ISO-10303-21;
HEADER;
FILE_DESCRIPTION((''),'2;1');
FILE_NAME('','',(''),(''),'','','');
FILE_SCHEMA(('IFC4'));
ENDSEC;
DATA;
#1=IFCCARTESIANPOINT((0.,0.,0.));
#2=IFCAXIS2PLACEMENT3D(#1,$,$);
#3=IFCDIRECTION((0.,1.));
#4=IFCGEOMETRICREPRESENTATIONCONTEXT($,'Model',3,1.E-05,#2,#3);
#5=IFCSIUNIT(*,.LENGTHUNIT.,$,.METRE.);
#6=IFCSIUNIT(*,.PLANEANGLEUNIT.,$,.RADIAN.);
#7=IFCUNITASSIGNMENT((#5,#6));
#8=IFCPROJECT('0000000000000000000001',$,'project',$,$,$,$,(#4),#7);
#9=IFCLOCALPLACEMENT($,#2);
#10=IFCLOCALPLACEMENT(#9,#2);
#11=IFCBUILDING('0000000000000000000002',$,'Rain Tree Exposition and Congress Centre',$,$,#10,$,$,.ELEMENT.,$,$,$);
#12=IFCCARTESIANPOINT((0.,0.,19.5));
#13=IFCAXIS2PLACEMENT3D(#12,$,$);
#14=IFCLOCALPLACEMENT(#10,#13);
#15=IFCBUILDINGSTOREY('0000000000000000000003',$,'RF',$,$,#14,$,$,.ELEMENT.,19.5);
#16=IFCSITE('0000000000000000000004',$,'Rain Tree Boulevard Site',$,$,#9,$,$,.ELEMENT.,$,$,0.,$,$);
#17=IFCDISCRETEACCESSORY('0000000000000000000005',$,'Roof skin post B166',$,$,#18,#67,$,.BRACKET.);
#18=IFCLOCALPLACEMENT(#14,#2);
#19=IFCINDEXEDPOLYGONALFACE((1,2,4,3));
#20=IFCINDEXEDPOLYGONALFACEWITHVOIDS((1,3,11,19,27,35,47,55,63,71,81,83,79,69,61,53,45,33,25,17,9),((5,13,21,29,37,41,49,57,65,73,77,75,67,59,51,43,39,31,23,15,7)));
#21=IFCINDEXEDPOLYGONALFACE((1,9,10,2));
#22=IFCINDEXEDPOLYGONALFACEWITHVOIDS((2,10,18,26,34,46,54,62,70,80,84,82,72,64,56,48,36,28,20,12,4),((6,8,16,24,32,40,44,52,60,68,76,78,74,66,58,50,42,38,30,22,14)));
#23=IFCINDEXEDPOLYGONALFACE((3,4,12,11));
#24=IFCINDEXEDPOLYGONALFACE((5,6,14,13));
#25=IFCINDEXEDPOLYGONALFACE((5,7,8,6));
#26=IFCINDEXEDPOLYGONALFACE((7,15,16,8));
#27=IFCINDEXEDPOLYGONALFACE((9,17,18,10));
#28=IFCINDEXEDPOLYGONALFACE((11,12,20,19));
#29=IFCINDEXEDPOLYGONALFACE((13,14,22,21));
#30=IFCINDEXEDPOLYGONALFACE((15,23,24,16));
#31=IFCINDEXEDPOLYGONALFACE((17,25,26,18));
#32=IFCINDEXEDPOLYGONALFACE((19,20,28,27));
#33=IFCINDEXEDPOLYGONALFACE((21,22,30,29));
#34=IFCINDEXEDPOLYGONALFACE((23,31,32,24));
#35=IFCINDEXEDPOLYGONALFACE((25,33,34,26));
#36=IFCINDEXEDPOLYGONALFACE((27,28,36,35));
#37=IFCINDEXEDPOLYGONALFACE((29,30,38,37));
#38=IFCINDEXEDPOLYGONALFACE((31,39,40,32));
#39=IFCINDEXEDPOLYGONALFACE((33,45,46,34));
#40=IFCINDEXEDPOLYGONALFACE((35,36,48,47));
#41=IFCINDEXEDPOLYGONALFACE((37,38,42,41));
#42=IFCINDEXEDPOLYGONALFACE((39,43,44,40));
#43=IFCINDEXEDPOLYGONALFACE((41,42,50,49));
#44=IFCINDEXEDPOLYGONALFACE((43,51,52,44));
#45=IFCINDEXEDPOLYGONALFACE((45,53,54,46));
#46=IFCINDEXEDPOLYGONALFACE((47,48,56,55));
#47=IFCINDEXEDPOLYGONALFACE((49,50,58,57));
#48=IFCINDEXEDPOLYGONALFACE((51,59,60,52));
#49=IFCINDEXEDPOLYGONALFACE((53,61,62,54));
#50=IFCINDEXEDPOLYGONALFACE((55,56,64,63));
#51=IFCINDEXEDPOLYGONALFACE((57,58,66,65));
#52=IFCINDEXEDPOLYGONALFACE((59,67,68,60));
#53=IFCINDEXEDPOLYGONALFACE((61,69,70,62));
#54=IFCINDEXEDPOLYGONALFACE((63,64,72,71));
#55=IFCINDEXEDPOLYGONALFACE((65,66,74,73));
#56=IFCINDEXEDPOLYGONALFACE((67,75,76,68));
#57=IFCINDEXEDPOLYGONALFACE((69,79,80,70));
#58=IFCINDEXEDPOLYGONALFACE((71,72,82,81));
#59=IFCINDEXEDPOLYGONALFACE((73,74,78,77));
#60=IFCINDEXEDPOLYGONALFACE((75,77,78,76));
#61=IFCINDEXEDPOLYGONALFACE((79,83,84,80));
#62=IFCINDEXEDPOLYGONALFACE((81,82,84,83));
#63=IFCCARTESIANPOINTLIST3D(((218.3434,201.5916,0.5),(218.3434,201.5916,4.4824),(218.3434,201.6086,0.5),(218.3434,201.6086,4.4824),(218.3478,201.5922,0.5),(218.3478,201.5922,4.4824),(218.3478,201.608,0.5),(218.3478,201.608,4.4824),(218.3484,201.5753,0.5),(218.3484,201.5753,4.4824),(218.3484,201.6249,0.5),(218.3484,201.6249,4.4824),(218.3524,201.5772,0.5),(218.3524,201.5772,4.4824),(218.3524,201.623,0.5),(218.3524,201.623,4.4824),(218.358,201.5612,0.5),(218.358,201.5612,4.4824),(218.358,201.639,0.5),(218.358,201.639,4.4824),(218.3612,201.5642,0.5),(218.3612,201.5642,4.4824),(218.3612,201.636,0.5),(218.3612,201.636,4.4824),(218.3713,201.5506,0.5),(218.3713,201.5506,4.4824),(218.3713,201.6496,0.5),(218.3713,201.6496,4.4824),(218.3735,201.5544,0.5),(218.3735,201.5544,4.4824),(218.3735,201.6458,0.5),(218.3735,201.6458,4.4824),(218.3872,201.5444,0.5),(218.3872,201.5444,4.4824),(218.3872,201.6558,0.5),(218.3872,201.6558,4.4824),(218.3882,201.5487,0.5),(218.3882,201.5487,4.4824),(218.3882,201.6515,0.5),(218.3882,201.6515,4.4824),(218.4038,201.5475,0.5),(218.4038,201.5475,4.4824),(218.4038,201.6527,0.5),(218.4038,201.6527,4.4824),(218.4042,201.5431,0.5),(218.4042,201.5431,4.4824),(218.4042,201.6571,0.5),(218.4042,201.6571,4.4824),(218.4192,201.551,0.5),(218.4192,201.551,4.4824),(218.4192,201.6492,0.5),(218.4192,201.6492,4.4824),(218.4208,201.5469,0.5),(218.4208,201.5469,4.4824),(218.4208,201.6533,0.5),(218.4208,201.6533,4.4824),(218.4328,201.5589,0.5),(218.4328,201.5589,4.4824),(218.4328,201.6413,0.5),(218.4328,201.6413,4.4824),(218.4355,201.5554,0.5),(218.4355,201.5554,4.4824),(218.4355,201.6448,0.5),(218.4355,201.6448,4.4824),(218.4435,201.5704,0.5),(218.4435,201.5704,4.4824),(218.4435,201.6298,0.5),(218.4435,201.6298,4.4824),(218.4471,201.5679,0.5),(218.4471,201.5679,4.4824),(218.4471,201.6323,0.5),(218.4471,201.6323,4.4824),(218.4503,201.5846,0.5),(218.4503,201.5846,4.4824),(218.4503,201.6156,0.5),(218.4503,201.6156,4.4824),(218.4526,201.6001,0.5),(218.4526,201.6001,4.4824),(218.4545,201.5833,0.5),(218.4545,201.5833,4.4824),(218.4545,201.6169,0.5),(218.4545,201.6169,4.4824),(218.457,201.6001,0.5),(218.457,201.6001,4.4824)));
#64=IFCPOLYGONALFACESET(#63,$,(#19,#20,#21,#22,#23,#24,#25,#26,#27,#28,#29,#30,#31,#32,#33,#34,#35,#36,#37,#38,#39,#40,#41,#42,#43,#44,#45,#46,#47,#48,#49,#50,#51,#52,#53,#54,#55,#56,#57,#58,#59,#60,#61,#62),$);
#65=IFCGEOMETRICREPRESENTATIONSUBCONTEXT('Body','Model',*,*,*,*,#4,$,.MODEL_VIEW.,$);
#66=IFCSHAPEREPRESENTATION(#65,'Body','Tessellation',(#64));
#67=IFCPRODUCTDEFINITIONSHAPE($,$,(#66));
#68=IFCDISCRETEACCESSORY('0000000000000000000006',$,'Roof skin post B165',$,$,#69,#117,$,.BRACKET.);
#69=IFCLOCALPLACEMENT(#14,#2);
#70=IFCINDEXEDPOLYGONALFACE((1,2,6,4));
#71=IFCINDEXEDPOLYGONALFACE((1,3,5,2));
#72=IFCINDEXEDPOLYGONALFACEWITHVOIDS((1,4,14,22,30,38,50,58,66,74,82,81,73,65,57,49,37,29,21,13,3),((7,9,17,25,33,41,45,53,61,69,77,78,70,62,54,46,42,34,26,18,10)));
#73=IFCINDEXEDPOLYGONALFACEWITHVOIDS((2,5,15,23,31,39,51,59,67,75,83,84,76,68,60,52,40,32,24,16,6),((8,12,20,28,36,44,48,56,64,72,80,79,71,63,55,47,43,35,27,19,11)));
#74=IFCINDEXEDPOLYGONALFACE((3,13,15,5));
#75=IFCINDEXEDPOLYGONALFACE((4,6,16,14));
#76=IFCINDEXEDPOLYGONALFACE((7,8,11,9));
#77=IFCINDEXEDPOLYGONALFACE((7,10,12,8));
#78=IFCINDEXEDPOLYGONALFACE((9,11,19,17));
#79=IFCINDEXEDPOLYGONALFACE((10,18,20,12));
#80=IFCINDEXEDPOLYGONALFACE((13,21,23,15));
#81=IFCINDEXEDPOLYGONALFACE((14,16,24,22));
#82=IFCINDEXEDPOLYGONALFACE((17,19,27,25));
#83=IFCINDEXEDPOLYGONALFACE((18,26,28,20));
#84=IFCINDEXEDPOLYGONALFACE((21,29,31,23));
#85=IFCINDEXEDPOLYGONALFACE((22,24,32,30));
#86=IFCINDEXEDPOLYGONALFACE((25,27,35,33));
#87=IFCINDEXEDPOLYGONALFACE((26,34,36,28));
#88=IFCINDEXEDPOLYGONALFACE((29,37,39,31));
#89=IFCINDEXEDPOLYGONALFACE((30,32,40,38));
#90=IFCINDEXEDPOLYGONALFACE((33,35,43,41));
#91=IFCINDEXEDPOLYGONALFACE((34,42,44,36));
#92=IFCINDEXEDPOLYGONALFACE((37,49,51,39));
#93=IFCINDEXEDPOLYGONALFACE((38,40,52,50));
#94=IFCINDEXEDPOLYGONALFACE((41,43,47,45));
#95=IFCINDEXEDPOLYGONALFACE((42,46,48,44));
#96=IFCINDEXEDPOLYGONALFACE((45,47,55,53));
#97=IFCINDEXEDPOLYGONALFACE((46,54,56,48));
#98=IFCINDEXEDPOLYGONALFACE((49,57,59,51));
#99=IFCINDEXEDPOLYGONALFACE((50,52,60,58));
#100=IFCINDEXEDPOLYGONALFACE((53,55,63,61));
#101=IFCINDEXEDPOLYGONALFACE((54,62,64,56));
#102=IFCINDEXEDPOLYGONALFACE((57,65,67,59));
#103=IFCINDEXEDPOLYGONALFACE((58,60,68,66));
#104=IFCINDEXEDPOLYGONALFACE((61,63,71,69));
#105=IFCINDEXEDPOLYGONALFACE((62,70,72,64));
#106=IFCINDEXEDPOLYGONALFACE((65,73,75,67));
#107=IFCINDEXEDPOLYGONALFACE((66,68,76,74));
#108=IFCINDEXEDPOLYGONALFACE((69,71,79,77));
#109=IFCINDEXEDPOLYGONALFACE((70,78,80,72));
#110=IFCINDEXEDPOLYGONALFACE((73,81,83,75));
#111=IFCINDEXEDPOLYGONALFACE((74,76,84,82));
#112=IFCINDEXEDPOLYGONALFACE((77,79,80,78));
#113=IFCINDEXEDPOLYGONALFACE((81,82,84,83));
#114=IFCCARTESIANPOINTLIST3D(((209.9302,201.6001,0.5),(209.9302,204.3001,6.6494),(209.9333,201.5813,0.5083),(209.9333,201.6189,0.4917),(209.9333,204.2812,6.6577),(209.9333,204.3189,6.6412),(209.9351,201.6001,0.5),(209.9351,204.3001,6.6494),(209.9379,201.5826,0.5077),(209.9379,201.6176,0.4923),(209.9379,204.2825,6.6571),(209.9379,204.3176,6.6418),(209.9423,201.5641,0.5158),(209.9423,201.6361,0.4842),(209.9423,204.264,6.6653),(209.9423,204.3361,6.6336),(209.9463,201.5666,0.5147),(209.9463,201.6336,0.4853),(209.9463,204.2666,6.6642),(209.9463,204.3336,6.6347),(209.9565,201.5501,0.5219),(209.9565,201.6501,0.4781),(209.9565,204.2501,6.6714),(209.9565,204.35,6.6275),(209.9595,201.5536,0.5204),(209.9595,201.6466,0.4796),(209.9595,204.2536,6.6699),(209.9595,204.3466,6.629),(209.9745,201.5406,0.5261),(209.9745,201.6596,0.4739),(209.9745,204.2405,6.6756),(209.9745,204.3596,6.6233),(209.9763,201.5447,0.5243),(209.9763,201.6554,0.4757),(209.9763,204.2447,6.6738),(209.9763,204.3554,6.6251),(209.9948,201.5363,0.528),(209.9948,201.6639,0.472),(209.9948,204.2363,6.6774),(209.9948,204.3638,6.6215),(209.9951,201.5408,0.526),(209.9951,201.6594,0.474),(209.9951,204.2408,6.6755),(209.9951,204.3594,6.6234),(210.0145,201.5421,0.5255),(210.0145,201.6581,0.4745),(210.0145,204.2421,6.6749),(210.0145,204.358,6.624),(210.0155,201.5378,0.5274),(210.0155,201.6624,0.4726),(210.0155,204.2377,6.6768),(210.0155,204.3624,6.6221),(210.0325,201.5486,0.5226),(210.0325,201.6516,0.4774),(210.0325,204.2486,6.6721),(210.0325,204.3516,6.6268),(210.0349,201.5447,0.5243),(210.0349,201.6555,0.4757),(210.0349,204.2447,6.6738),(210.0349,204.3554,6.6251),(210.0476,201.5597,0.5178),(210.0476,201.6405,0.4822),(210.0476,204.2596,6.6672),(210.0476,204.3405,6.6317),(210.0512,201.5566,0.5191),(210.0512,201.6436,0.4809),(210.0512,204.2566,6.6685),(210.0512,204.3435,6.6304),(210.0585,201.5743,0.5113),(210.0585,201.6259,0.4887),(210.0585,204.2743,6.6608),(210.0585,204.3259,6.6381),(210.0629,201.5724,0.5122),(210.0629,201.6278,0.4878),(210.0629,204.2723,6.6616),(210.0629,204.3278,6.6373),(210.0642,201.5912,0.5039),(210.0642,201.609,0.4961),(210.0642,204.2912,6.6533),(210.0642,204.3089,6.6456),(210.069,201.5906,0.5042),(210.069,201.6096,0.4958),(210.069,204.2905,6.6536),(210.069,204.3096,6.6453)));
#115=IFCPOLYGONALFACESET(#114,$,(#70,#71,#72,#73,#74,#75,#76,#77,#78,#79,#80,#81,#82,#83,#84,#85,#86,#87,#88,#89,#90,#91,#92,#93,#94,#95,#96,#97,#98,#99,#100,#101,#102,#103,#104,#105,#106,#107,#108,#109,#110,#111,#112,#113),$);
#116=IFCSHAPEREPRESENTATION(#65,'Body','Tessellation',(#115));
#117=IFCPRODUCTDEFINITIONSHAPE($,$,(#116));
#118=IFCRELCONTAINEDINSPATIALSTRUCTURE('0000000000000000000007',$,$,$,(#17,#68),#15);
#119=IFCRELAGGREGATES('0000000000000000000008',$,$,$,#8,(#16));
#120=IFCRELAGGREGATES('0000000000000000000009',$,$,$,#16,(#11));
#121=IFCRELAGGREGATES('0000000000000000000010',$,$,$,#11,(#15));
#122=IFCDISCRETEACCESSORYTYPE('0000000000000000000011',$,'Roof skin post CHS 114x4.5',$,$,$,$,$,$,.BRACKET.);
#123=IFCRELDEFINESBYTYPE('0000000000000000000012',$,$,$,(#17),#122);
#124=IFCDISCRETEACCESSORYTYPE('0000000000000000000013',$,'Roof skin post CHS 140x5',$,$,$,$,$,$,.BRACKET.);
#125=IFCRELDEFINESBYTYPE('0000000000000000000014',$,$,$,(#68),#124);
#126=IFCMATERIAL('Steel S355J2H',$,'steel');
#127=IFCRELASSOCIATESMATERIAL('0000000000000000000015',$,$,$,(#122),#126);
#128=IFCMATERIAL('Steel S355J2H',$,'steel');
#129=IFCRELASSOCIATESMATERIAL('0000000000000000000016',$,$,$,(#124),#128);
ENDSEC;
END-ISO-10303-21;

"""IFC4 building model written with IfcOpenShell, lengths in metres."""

from ifc_helpers import new_model, si_unit, direction, frame, origin, origin_2d, place, context, subcontext, project, spatial, hollow_circle, extrude, material, material_profile, profile_set, type_object, element, save


model = new_model("IFC4")

# Units and contexts
model_context = context("Model", 3, precision=1e-05, world=origin(), true_north=direction((0.0, 1.0)))
body_context = subcontext(model_context, "Body", "Model", "MODEL_VIEW")
ifc_project = project(units=[si_unit("LENGTHUNIT", "METRE"), si_unit("PLANEANGLEUNIT", "RADIAN")], contexts=[model_context])

# Site, building, storey
site_placement = place(None, origin())
site = spatial("IfcSite", under=ifc_project, at=site_placement, Name="Rain Tree Boulevard Site", CompositionType="ELEMENT", RefElevation=0.0)
building_placement = place(site_placement, origin())
building = spatial("IfcBuilding", under=site, at=building_placement, Name="Rain Tree Exposition and Congress Centre", CompositionType="ELEMENT")
storey_placement = place(building_placement, frame((0.0, 0.0, 19.5)))
storey = spatial("IfcBuildingStorey", under=building, at=storey_placement, Name="RF", CompositionType="ELEMENT", Elevation=19.5)

# Discrete accessories
ifc_material_1 = material(Name="Steel S355J2H", Category="steel")
ifc_material_profile_1 = material_profile(ifc_material_1, hollow_circle(Radius=0.0571, WallThickness=0.0044, at=origin_2d()), Name="CHS 114x4.5")
ifc_profile_set_1 = profile_set([ifc_material_profile_1], Name="Steel S355J2H")
discrete_accessory_type_1 = type_object("IfcDiscreteAccessoryType", Name="Roof skin post CHS 114x4.5", PredefinedType="BRACKET", material=ifc_profile_set_1)
discrete_accessory_1_placement = place(storey_placement, frame((218.3999, 201.6001, 0.5), z_axis=(0.0, 0.0, 1.0), x_axis=(1.0, 0.0, 0.0)))
element("IfcDiscreteAccessory", 1, at=discrete_accessory_1_placement, inside=storey, type_object=discrete_accessory_type_1, Name="Roof skin post B166", PredefinedType="BRACKET", context=body_context, shape_type="SweptSolid", body=[
    extrude(hollow_circle(Radius=0.0571, WallThickness=0.0044, at=origin_2d()), origin(), (0.0, 0.0, 1.0), 3.9824),
])
ifc_material_2 = material(Name="Steel S355J2H", Category="steel")
ifc_material_profile_2 = material_profile(ifc_material_2, hollow_circle(Radius=0.0698, WallThickness=0.0049, at=origin_2d()), Name="CHS 140x5")
ifc_profile_set_2 = profile_set([ifc_material_profile_2], Name="Steel S355J2H")
discrete_accessory_type_2 = type_object("IfcDiscreteAccessoryType", Name="Roof skin post CHS 140x5", PredefinedType="BRACKET", material=ifc_profile_set_2)
discrete_accessory_2_placement = place(storey_placement, frame((210.0, 201.6001, 0.5), z_axis=(0.0, 0.402016, 0.915633), x_axis=(-1.0, 0.0, 0.0)))
element("IfcDiscreteAccessory", 2, at=discrete_accessory_2_placement, inside=storey, type_object=discrete_accessory_type_2, Name="Roof skin post B165", PredefinedType="BRACKET", context=body_context, shape_type="SweptSolid", body=[
    extrude(hollow_circle(Radius=0.0698, WallThickness=0.0049, at=origin_2d()), origin(), (0.0, 0.0, 1.0), 6.7161),
])

save(model, "model.ifc")
